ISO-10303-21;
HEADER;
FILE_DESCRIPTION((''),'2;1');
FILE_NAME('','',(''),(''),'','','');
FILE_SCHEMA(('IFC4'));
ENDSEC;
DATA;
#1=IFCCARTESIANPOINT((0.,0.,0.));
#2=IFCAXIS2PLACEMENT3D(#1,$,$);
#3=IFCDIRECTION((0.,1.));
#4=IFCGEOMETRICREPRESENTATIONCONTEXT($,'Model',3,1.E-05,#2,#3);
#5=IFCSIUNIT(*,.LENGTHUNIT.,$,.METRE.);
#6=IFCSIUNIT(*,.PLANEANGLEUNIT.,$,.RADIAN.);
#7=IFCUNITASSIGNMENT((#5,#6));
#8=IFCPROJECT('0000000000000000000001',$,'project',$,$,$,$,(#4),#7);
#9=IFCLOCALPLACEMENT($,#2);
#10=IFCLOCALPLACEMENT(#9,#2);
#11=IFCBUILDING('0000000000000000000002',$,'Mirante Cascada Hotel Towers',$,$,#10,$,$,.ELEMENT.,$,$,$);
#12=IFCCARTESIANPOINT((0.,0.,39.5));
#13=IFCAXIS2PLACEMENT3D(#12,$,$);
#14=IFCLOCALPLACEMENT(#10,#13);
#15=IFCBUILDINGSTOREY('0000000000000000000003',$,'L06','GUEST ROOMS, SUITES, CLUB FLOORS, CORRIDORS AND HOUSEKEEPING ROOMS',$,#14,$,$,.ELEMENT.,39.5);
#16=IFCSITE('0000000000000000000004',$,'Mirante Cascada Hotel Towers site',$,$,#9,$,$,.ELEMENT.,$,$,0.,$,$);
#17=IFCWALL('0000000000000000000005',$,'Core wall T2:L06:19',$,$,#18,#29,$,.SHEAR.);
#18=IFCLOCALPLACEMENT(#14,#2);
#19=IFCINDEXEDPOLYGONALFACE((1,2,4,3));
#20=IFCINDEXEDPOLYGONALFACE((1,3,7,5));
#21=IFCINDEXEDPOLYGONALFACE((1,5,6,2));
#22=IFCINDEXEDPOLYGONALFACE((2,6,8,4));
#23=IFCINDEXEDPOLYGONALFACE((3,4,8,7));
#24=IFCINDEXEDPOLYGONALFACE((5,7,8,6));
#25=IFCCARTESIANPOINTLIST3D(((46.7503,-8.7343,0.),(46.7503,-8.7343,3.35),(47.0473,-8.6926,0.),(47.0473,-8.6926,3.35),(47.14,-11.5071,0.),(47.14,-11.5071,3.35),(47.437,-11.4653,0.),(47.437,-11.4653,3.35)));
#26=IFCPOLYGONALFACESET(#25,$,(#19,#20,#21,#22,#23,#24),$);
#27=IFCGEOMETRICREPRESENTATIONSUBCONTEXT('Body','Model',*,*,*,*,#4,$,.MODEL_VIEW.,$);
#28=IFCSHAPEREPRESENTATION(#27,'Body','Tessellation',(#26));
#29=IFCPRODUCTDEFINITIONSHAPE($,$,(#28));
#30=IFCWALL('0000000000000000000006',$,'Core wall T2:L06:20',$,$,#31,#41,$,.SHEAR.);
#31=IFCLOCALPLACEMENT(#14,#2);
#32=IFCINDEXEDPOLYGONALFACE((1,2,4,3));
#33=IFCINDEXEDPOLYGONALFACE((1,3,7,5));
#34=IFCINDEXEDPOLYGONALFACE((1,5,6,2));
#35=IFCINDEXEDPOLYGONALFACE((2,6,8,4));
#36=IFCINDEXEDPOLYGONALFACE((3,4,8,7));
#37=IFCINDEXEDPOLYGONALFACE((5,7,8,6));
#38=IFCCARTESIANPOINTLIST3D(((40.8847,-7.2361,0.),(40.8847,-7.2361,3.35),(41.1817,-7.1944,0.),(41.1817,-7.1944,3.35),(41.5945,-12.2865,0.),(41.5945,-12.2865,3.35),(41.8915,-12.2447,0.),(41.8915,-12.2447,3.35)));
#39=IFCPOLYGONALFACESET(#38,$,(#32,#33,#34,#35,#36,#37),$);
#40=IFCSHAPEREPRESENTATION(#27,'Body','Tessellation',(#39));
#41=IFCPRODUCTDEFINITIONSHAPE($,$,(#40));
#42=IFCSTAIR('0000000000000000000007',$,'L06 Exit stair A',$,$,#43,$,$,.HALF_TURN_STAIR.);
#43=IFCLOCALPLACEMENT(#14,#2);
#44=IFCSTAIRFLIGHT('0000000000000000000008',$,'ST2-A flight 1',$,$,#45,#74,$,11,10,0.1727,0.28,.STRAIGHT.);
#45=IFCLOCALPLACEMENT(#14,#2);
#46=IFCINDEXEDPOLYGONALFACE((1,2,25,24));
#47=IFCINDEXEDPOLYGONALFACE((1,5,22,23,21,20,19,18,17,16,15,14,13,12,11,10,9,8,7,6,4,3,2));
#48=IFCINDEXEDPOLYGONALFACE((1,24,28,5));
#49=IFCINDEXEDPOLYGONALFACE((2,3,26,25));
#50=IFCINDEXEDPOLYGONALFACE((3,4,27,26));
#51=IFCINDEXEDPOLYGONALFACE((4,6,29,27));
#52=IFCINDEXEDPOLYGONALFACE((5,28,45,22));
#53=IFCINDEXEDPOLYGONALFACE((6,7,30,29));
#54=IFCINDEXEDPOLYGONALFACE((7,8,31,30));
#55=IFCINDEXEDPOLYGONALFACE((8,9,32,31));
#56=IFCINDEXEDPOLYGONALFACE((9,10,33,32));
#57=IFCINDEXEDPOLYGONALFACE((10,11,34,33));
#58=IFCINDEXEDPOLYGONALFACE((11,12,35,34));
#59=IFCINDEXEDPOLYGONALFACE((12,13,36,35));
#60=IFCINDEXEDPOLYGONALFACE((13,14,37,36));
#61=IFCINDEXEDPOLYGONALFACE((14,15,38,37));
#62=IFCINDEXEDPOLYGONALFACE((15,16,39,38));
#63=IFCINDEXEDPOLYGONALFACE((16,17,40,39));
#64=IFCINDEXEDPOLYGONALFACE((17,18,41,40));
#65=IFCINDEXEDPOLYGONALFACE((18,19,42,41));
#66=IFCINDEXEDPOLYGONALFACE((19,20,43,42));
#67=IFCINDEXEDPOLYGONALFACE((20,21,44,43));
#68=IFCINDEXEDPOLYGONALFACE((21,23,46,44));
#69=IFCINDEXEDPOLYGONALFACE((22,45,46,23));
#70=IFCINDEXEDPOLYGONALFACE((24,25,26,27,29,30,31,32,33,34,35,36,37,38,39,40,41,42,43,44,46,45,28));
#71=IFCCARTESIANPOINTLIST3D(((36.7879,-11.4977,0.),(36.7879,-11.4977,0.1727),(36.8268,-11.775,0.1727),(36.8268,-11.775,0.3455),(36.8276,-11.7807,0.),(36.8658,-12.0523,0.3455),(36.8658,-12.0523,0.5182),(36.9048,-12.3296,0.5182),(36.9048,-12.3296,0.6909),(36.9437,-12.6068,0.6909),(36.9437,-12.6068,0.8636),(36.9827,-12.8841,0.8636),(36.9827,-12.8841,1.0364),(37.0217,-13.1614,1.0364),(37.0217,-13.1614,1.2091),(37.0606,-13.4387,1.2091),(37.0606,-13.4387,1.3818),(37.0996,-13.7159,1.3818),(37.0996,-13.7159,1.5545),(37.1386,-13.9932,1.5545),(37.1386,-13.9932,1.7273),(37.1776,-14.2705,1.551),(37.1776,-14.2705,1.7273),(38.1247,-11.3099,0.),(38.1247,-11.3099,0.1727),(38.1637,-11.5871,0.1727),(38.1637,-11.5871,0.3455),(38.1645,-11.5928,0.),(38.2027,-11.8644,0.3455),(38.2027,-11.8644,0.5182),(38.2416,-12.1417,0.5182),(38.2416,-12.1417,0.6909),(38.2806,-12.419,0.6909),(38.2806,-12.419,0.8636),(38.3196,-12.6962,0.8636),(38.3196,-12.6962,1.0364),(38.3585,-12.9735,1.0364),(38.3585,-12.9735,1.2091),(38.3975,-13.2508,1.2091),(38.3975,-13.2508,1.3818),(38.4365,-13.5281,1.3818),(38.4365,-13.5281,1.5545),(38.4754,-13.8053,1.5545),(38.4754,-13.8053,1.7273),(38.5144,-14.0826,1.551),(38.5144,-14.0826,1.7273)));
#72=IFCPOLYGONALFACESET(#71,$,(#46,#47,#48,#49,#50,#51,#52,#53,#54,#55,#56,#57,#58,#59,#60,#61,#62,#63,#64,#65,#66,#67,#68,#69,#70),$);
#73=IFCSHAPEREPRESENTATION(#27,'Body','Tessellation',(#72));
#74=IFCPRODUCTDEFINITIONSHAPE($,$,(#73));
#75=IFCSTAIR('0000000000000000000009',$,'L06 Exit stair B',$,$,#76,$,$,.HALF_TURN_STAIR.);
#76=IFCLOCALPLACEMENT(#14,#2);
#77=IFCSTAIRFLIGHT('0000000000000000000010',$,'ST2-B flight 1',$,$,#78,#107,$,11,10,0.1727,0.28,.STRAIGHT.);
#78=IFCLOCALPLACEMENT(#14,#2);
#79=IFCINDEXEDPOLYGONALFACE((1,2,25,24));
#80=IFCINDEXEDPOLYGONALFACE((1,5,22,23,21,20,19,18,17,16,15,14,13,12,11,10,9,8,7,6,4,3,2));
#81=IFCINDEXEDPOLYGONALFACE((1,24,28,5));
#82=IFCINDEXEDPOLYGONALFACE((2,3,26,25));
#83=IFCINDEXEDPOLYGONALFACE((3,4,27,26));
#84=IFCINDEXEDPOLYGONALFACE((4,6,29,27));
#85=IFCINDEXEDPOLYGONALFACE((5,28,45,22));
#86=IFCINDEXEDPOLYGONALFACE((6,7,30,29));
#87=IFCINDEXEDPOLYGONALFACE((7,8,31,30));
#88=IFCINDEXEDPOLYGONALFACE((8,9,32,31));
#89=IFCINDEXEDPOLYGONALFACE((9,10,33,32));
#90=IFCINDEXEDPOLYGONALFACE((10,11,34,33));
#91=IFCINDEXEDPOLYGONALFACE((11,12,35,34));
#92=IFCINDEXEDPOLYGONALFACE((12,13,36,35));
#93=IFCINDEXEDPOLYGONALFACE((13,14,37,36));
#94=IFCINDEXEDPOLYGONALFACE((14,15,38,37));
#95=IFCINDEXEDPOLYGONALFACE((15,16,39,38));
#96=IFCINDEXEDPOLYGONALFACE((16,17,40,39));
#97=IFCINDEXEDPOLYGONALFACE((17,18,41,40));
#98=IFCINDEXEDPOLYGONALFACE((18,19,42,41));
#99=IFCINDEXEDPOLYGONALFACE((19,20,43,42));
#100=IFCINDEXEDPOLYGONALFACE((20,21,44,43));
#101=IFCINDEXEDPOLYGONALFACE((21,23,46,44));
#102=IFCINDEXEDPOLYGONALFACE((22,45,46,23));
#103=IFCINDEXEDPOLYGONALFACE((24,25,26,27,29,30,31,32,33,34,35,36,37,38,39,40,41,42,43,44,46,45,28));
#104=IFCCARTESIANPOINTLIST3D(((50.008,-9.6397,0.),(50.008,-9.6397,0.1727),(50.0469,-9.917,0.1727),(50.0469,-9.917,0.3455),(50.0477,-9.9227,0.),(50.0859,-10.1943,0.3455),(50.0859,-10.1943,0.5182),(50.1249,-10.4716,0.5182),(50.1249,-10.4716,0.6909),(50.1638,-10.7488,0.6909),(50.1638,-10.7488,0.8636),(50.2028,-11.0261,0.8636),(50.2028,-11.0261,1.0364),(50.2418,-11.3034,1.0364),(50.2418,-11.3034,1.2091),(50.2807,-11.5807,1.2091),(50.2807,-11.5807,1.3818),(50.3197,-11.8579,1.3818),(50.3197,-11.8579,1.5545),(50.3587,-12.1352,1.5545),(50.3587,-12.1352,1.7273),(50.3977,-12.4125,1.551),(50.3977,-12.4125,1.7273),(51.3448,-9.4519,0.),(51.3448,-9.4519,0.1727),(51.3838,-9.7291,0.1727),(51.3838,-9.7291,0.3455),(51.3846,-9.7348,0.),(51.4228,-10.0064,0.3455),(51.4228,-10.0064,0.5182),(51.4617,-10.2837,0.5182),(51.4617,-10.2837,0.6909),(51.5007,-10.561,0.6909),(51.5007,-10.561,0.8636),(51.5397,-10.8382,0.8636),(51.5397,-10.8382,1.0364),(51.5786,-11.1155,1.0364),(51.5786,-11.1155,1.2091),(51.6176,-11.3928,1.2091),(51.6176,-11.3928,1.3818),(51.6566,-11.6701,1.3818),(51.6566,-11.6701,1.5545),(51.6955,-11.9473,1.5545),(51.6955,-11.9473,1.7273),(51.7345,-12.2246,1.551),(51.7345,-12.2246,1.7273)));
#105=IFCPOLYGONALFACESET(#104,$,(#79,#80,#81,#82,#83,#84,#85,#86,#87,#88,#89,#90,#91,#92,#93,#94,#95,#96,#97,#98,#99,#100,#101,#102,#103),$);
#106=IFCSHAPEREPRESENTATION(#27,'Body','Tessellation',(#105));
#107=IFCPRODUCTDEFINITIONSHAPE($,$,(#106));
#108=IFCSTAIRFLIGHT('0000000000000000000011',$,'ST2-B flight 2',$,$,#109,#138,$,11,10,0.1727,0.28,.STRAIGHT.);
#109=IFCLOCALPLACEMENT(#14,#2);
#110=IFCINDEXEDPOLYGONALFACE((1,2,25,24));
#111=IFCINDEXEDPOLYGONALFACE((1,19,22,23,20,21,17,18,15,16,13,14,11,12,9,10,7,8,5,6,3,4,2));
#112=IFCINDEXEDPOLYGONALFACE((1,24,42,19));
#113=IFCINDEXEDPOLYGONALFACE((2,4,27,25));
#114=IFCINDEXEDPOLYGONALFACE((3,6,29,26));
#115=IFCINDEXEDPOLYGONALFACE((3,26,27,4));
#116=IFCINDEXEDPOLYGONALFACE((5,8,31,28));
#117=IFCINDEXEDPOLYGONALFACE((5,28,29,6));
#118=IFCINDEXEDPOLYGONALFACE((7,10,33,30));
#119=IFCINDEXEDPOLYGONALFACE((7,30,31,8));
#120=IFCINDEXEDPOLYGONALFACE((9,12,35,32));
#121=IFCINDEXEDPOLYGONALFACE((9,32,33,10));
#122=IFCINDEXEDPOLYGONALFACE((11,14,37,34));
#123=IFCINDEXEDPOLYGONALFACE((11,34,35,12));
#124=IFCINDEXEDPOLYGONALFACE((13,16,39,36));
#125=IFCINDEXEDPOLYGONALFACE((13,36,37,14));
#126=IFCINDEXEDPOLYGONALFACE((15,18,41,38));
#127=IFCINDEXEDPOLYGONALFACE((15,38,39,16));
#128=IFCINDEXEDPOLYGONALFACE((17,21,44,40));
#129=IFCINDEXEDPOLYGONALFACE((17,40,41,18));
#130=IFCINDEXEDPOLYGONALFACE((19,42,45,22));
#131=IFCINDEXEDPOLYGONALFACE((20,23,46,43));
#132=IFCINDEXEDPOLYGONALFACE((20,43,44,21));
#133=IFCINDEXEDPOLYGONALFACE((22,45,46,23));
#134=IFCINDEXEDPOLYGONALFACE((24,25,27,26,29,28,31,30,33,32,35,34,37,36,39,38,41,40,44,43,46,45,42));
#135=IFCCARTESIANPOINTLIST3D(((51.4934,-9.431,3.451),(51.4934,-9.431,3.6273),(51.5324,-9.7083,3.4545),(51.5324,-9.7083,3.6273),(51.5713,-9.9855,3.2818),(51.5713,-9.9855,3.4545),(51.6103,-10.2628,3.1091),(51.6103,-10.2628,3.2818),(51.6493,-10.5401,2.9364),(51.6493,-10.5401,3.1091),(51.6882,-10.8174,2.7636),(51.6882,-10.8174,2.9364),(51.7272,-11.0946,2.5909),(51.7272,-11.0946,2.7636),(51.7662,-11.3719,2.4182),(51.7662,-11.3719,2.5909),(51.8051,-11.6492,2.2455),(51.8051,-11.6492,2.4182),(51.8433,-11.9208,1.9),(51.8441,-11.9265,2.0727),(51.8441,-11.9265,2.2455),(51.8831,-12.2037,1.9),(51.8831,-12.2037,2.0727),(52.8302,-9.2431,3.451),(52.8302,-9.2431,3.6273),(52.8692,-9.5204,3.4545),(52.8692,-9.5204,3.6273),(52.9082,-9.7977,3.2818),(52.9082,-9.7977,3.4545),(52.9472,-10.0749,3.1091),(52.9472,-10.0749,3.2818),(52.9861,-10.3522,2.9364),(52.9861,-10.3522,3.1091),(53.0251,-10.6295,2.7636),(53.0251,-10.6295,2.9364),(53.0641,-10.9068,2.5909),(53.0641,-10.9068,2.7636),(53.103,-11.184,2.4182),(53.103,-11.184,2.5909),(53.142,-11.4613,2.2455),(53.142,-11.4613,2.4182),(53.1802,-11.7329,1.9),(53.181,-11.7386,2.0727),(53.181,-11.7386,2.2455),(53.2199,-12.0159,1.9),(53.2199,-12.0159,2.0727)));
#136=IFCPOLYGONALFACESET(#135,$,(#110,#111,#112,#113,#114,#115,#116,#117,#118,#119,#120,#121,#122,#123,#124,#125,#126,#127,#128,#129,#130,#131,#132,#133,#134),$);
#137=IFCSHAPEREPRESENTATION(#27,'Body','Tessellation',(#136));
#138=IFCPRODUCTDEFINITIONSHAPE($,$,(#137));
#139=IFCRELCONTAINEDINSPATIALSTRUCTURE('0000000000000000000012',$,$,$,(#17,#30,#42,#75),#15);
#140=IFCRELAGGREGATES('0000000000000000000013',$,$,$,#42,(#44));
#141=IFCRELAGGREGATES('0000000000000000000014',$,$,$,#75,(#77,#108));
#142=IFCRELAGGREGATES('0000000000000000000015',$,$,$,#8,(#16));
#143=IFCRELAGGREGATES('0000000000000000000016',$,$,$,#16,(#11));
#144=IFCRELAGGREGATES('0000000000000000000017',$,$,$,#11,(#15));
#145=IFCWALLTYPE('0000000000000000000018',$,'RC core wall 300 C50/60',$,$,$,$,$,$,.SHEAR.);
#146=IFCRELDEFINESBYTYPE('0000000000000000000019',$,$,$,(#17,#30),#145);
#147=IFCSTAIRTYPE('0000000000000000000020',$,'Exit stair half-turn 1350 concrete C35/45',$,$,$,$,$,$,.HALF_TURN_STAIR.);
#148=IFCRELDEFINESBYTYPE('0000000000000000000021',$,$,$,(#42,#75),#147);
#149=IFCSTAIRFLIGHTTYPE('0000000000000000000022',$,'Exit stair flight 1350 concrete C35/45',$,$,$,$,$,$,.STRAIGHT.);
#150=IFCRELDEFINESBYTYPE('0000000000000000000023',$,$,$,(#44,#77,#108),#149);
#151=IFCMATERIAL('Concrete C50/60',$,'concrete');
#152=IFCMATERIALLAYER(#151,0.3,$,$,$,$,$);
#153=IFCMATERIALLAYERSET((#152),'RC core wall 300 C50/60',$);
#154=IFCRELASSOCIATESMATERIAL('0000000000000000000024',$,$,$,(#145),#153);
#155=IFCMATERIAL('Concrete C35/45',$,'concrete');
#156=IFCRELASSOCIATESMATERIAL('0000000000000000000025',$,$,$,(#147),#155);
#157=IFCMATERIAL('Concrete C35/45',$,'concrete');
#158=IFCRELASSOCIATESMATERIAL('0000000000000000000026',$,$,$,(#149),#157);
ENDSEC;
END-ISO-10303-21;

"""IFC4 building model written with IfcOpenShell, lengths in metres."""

from ifc_helpers import new_model, si_unit, direction, frame, frame_2d, origin, place, context, subcontext, project, spatial, polyline, rectangle, outline, extrude, material, layer, layer_set, type_object, element, aggregate, save


model = new_model("IFC4")

# Units and contexts
model_context = context("Model", 3, precision=1e-05, world=origin(), true_north=direction((0.0, 1.0)))
body_context = subcontext(model_context, "Body", "Model", "MODEL_VIEW")
ifc_project = project(units=[si_unit("LENGTHUNIT", "METRE"), si_unit("PLANEANGLEUNIT", "RADIAN")], contexts=[model_context])

# Site, building, storey
site_placement = place(None, origin())
site = spatial("IfcSite", under=ifc_project, at=site_placement, Name="Mirante Cascada Hotel Towers site", CompositionType="ELEMENT", RefElevation=0.0)
building_placement = place(site_placement, origin())
building = spatial("IfcBuilding", under=site, at=building_placement, Name="Mirante Cascada Hotel Towers", CompositionType="ELEMENT")
storey_placement = place(building_placement, frame((0.0, 0.0, 39.5)))
storey = spatial("IfcBuildingStorey", under=building, at=storey_placement, Name="L06", Description="GUEST ROOMS, SUITES, CLUB FLOORS, CORRIDORS AND HOUSEKEEPING ROOMS", CompositionType="ELEMENT", Elevation=39.5)

# Shared definitions
ifc_material_1 = material(Name="Concrete C50/60", Category="concrete")
ifc_layer_1 = layer(ifc_material_1, 0.3)
ifc_layer_set_1 = layer_set([ifc_layer_1], Name="RC core wall 300 C50/60")
wall_type_1 = type_object("IfcWallType", Name="RC core wall 300 C50/60", PredefinedType="SHEAR", material=ifc_layer_set_1)

# Walls
for number, where, z_axis, x_axis, name in (
    (1, (47.2885, -11.4862, 0.0), (0.0, 0.0, 1.0), (-0.139181, 0.990267, 0.0), "Core wall T2:L06:19"),
):
    element("IfcWall", number, at=place(storey_placement, frame(where, z_axis=z_axis, x_axis=x_axis)), inside=storey, type_object=wall_type_1, Name=name, PredefinedType="SHEAR", context=body_context, shape_type="SweptSolid", body=[
        extrude(rectangle(XDim=2.8, YDim=0.3, at=frame_2d((1.4, 0.0))), origin(), (0.0, 0.0, 1.0), 3.35),
    ])
wall_1_placement = place(storey_placement, frame((41.743, -12.2656, 0.0), z_axis=(0.0, 0.0, 1.0), x_axis=(-0.139176, 0.990268, 0.0)))
element("IfcWall", 2, at=wall_1_placement, inside=storey, type_object=wall_type_1, Name="Core wall T2:L06:20", PredefinedType="SHEAR", context=body_context, shape_type="SweptSolid", body=[
    extrude(rectangle(XDim=5.1, YDim=0.3, at=frame_2d((2.55, 0.0))), origin(), (0.0, 0.0, 1.0), 3.35),
])

# Stair, stair flight
ifc_material_2 = material(Name="Concrete C35/45", Category="concrete")
stair_type = type_object("IfcStairType", Name="Exit stair half-turn 1350 concrete C35/45", PredefinedType="HALF_TURN_STAIR", material=ifc_material_2)
stair_1_placement = place(storey_placement, origin())
stair_1 = element("IfcStair", 3, at=stair_1_placement, inside=storey, type_object=stair_type, Name="L06 Exit stair A", PredefinedType="HALF_TURN_STAIR")
ifc_material_3 = material(Name="Concrete C35/45", Category="concrete")
stair_flight_type = type_object("IfcStairFlightType", Name="Exit stair flight 1350 concrete C35/45", PredefinedType="STRAIGHT", material=ifc_material_3)
stair_flight_1_placement = place(storey_placement, frame((37.4563, -11.4038, 0.0), z_axis=(0.0, 0.0, 1.0), x_axis=(0.139173, -0.990268, 0.0)))
stair_flight_1 = element("IfcStairFlight", 4, at=stair_flight_1_placement, type_object=stair_flight_type, Name="ST2-A flight 1", NumberOfRisers=11, NumberOfTreads=10, PredefinedType="STRAIGHT", RiserHeight=0.1727, TreadLength=0.28, context=body_context, shape_type="SweptSolid", body=[
    extrude(outline(polyline([(0.0, 0.0), (0.0, 0.1727), (0.28, 0.1727), (0.28, 0.3455), (0.56, 0.3455), (0.56, 0.5182), (0.84, 0.5182), (0.84, 0.6909), (1.12, 0.6909), (1.12, 0.8636), (1.4, 0.8636), (1.4, 1.0364), (1.68, 1.0364), (1.68, 1.2091), (1.96, 1.2091), (1.96, 1.3818), (2.24, 1.3818), (2.24, 1.5545), (2.52, 1.5545), (2.52, 1.7273), (2.8, 1.7273), (2.8, 1.9), (2.8, 1.551), (0.2857, 0.0), (0.0, 0.0)])), frame((0.0, 0.675, 0.0), z_axis=(0.0, -1.0, 0.0), x_axis=(1.0, 0.0, 0.0)), (0.0, 0.0, 1.0), 1.35),
])
aggregate(stair_1, [stair_flight_1])

# Stair, stair flights
stair_2_placement = place(storey_placement, origin())
stair_2 = element("IfcStair", 5, at=stair_2_placement, inside=storey, type_object=stair_type, Name="L06 Exit stair B", PredefinedType="HALF_TURN_STAIR")
stair_flight_2_placement = place(storey_placement, frame((50.6764, -9.5458, 0.0), z_axis=(0.0, 0.0, 1.0), x_axis=(0.139173, -0.990268, 0.0)))
stair_flight_2 = element("IfcStairFlight", 6, at=stair_flight_2_placement, type_object=stair_flight_type, Name="ST2-B flight 1", NumberOfRisers=11, NumberOfTreads=10, PredefinedType="STRAIGHT", RiserHeight=0.1727, TreadLength=0.28, context=body_context, shape_type="SweptSolid", body=[
    extrude(outline(polyline([(0.0, 0.0), (0.0, 0.1727), (0.28, 0.1727), (0.28, 0.3455), (0.56, 0.3455), (0.56, 0.5182), (0.84, 0.5182), (0.84, 0.6909), (1.12, 0.6909), (1.12, 0.8636), (1.4, 0.8636), (1.4, 1.0364), (1.68, 1.0364), (1.68, 1.2091), (1.96, 1.2091), (1.96, 1.3818), (2.24, 1.3818), (2.24, 1.5545), (2.52, 1.5545), (2.52, 1.7273), (2.8, 1.7273), (2.8, 1.9), (2.8, 1.551), (0.2857, 0.0), (0.0, 0.0)])), frame((0.0, 0.675, 0.0), z_axis=(0.0, -1.0, 0.0), x_axis=(1.0, 0.0, 0.0)), (0.0, 0.0, 1.0), 1.35),
])
stair_flight_3_placement = place(storey_placement, frame((52.5515, -12.1098, 1.9), z_axis=(0.0, 0.0, 1.0), x_axis=(-0.139173, 0.990268, 0.0)))
stair_flight_3 = element("IfcStairFlight", 7, at=stair_flight_3_placement, type_object=stair_flight_type, Name="ST2-B flight 2", NumberOfRisers=11, NumberOfTreads=10, PredefinedType="STRAIGHT", RiserHeight=0.1727, TreadLength=0.28, context=body_context, shape_type="SweptSolid", body=[
    extrude(outline(polyline([(0.0, 0.0), (0.0, 0.1727), (0.28, 0.1727), (0.28, 0.3455), (0.56, 0.3455), (0.56, 0.5182), (0.84, 0.5182), (0.84, 0.6909), (1.12, 0.6909), (1.12, 0.8636), (1.4, 0.8636), (1.4, 1.0364), (1.68, 1.0364), (1.68, 1.2091), (1.96, 1.2091), (1.96, 1.3818), (2.24, 1.3818), (2.24, 1.5545), (2.52, 1.5545), (2.52, 1.7273), (2.8, 1.7273), (2.8, 1.9), (2.8, 1.551), (0.2857, 0.0), (0.0, 0.0)])), frame((0.0, 0.675, 0.0), z_axis=(0.0, -1.0, 0.0), x_axis=(1.0, 0.0, 0.0)), (0.0, 0.0, 1.0), 1.35),
])
aggregate(stair_2, [stair_flight_2, stair_flight_3])

save(model, "model.ifc")
